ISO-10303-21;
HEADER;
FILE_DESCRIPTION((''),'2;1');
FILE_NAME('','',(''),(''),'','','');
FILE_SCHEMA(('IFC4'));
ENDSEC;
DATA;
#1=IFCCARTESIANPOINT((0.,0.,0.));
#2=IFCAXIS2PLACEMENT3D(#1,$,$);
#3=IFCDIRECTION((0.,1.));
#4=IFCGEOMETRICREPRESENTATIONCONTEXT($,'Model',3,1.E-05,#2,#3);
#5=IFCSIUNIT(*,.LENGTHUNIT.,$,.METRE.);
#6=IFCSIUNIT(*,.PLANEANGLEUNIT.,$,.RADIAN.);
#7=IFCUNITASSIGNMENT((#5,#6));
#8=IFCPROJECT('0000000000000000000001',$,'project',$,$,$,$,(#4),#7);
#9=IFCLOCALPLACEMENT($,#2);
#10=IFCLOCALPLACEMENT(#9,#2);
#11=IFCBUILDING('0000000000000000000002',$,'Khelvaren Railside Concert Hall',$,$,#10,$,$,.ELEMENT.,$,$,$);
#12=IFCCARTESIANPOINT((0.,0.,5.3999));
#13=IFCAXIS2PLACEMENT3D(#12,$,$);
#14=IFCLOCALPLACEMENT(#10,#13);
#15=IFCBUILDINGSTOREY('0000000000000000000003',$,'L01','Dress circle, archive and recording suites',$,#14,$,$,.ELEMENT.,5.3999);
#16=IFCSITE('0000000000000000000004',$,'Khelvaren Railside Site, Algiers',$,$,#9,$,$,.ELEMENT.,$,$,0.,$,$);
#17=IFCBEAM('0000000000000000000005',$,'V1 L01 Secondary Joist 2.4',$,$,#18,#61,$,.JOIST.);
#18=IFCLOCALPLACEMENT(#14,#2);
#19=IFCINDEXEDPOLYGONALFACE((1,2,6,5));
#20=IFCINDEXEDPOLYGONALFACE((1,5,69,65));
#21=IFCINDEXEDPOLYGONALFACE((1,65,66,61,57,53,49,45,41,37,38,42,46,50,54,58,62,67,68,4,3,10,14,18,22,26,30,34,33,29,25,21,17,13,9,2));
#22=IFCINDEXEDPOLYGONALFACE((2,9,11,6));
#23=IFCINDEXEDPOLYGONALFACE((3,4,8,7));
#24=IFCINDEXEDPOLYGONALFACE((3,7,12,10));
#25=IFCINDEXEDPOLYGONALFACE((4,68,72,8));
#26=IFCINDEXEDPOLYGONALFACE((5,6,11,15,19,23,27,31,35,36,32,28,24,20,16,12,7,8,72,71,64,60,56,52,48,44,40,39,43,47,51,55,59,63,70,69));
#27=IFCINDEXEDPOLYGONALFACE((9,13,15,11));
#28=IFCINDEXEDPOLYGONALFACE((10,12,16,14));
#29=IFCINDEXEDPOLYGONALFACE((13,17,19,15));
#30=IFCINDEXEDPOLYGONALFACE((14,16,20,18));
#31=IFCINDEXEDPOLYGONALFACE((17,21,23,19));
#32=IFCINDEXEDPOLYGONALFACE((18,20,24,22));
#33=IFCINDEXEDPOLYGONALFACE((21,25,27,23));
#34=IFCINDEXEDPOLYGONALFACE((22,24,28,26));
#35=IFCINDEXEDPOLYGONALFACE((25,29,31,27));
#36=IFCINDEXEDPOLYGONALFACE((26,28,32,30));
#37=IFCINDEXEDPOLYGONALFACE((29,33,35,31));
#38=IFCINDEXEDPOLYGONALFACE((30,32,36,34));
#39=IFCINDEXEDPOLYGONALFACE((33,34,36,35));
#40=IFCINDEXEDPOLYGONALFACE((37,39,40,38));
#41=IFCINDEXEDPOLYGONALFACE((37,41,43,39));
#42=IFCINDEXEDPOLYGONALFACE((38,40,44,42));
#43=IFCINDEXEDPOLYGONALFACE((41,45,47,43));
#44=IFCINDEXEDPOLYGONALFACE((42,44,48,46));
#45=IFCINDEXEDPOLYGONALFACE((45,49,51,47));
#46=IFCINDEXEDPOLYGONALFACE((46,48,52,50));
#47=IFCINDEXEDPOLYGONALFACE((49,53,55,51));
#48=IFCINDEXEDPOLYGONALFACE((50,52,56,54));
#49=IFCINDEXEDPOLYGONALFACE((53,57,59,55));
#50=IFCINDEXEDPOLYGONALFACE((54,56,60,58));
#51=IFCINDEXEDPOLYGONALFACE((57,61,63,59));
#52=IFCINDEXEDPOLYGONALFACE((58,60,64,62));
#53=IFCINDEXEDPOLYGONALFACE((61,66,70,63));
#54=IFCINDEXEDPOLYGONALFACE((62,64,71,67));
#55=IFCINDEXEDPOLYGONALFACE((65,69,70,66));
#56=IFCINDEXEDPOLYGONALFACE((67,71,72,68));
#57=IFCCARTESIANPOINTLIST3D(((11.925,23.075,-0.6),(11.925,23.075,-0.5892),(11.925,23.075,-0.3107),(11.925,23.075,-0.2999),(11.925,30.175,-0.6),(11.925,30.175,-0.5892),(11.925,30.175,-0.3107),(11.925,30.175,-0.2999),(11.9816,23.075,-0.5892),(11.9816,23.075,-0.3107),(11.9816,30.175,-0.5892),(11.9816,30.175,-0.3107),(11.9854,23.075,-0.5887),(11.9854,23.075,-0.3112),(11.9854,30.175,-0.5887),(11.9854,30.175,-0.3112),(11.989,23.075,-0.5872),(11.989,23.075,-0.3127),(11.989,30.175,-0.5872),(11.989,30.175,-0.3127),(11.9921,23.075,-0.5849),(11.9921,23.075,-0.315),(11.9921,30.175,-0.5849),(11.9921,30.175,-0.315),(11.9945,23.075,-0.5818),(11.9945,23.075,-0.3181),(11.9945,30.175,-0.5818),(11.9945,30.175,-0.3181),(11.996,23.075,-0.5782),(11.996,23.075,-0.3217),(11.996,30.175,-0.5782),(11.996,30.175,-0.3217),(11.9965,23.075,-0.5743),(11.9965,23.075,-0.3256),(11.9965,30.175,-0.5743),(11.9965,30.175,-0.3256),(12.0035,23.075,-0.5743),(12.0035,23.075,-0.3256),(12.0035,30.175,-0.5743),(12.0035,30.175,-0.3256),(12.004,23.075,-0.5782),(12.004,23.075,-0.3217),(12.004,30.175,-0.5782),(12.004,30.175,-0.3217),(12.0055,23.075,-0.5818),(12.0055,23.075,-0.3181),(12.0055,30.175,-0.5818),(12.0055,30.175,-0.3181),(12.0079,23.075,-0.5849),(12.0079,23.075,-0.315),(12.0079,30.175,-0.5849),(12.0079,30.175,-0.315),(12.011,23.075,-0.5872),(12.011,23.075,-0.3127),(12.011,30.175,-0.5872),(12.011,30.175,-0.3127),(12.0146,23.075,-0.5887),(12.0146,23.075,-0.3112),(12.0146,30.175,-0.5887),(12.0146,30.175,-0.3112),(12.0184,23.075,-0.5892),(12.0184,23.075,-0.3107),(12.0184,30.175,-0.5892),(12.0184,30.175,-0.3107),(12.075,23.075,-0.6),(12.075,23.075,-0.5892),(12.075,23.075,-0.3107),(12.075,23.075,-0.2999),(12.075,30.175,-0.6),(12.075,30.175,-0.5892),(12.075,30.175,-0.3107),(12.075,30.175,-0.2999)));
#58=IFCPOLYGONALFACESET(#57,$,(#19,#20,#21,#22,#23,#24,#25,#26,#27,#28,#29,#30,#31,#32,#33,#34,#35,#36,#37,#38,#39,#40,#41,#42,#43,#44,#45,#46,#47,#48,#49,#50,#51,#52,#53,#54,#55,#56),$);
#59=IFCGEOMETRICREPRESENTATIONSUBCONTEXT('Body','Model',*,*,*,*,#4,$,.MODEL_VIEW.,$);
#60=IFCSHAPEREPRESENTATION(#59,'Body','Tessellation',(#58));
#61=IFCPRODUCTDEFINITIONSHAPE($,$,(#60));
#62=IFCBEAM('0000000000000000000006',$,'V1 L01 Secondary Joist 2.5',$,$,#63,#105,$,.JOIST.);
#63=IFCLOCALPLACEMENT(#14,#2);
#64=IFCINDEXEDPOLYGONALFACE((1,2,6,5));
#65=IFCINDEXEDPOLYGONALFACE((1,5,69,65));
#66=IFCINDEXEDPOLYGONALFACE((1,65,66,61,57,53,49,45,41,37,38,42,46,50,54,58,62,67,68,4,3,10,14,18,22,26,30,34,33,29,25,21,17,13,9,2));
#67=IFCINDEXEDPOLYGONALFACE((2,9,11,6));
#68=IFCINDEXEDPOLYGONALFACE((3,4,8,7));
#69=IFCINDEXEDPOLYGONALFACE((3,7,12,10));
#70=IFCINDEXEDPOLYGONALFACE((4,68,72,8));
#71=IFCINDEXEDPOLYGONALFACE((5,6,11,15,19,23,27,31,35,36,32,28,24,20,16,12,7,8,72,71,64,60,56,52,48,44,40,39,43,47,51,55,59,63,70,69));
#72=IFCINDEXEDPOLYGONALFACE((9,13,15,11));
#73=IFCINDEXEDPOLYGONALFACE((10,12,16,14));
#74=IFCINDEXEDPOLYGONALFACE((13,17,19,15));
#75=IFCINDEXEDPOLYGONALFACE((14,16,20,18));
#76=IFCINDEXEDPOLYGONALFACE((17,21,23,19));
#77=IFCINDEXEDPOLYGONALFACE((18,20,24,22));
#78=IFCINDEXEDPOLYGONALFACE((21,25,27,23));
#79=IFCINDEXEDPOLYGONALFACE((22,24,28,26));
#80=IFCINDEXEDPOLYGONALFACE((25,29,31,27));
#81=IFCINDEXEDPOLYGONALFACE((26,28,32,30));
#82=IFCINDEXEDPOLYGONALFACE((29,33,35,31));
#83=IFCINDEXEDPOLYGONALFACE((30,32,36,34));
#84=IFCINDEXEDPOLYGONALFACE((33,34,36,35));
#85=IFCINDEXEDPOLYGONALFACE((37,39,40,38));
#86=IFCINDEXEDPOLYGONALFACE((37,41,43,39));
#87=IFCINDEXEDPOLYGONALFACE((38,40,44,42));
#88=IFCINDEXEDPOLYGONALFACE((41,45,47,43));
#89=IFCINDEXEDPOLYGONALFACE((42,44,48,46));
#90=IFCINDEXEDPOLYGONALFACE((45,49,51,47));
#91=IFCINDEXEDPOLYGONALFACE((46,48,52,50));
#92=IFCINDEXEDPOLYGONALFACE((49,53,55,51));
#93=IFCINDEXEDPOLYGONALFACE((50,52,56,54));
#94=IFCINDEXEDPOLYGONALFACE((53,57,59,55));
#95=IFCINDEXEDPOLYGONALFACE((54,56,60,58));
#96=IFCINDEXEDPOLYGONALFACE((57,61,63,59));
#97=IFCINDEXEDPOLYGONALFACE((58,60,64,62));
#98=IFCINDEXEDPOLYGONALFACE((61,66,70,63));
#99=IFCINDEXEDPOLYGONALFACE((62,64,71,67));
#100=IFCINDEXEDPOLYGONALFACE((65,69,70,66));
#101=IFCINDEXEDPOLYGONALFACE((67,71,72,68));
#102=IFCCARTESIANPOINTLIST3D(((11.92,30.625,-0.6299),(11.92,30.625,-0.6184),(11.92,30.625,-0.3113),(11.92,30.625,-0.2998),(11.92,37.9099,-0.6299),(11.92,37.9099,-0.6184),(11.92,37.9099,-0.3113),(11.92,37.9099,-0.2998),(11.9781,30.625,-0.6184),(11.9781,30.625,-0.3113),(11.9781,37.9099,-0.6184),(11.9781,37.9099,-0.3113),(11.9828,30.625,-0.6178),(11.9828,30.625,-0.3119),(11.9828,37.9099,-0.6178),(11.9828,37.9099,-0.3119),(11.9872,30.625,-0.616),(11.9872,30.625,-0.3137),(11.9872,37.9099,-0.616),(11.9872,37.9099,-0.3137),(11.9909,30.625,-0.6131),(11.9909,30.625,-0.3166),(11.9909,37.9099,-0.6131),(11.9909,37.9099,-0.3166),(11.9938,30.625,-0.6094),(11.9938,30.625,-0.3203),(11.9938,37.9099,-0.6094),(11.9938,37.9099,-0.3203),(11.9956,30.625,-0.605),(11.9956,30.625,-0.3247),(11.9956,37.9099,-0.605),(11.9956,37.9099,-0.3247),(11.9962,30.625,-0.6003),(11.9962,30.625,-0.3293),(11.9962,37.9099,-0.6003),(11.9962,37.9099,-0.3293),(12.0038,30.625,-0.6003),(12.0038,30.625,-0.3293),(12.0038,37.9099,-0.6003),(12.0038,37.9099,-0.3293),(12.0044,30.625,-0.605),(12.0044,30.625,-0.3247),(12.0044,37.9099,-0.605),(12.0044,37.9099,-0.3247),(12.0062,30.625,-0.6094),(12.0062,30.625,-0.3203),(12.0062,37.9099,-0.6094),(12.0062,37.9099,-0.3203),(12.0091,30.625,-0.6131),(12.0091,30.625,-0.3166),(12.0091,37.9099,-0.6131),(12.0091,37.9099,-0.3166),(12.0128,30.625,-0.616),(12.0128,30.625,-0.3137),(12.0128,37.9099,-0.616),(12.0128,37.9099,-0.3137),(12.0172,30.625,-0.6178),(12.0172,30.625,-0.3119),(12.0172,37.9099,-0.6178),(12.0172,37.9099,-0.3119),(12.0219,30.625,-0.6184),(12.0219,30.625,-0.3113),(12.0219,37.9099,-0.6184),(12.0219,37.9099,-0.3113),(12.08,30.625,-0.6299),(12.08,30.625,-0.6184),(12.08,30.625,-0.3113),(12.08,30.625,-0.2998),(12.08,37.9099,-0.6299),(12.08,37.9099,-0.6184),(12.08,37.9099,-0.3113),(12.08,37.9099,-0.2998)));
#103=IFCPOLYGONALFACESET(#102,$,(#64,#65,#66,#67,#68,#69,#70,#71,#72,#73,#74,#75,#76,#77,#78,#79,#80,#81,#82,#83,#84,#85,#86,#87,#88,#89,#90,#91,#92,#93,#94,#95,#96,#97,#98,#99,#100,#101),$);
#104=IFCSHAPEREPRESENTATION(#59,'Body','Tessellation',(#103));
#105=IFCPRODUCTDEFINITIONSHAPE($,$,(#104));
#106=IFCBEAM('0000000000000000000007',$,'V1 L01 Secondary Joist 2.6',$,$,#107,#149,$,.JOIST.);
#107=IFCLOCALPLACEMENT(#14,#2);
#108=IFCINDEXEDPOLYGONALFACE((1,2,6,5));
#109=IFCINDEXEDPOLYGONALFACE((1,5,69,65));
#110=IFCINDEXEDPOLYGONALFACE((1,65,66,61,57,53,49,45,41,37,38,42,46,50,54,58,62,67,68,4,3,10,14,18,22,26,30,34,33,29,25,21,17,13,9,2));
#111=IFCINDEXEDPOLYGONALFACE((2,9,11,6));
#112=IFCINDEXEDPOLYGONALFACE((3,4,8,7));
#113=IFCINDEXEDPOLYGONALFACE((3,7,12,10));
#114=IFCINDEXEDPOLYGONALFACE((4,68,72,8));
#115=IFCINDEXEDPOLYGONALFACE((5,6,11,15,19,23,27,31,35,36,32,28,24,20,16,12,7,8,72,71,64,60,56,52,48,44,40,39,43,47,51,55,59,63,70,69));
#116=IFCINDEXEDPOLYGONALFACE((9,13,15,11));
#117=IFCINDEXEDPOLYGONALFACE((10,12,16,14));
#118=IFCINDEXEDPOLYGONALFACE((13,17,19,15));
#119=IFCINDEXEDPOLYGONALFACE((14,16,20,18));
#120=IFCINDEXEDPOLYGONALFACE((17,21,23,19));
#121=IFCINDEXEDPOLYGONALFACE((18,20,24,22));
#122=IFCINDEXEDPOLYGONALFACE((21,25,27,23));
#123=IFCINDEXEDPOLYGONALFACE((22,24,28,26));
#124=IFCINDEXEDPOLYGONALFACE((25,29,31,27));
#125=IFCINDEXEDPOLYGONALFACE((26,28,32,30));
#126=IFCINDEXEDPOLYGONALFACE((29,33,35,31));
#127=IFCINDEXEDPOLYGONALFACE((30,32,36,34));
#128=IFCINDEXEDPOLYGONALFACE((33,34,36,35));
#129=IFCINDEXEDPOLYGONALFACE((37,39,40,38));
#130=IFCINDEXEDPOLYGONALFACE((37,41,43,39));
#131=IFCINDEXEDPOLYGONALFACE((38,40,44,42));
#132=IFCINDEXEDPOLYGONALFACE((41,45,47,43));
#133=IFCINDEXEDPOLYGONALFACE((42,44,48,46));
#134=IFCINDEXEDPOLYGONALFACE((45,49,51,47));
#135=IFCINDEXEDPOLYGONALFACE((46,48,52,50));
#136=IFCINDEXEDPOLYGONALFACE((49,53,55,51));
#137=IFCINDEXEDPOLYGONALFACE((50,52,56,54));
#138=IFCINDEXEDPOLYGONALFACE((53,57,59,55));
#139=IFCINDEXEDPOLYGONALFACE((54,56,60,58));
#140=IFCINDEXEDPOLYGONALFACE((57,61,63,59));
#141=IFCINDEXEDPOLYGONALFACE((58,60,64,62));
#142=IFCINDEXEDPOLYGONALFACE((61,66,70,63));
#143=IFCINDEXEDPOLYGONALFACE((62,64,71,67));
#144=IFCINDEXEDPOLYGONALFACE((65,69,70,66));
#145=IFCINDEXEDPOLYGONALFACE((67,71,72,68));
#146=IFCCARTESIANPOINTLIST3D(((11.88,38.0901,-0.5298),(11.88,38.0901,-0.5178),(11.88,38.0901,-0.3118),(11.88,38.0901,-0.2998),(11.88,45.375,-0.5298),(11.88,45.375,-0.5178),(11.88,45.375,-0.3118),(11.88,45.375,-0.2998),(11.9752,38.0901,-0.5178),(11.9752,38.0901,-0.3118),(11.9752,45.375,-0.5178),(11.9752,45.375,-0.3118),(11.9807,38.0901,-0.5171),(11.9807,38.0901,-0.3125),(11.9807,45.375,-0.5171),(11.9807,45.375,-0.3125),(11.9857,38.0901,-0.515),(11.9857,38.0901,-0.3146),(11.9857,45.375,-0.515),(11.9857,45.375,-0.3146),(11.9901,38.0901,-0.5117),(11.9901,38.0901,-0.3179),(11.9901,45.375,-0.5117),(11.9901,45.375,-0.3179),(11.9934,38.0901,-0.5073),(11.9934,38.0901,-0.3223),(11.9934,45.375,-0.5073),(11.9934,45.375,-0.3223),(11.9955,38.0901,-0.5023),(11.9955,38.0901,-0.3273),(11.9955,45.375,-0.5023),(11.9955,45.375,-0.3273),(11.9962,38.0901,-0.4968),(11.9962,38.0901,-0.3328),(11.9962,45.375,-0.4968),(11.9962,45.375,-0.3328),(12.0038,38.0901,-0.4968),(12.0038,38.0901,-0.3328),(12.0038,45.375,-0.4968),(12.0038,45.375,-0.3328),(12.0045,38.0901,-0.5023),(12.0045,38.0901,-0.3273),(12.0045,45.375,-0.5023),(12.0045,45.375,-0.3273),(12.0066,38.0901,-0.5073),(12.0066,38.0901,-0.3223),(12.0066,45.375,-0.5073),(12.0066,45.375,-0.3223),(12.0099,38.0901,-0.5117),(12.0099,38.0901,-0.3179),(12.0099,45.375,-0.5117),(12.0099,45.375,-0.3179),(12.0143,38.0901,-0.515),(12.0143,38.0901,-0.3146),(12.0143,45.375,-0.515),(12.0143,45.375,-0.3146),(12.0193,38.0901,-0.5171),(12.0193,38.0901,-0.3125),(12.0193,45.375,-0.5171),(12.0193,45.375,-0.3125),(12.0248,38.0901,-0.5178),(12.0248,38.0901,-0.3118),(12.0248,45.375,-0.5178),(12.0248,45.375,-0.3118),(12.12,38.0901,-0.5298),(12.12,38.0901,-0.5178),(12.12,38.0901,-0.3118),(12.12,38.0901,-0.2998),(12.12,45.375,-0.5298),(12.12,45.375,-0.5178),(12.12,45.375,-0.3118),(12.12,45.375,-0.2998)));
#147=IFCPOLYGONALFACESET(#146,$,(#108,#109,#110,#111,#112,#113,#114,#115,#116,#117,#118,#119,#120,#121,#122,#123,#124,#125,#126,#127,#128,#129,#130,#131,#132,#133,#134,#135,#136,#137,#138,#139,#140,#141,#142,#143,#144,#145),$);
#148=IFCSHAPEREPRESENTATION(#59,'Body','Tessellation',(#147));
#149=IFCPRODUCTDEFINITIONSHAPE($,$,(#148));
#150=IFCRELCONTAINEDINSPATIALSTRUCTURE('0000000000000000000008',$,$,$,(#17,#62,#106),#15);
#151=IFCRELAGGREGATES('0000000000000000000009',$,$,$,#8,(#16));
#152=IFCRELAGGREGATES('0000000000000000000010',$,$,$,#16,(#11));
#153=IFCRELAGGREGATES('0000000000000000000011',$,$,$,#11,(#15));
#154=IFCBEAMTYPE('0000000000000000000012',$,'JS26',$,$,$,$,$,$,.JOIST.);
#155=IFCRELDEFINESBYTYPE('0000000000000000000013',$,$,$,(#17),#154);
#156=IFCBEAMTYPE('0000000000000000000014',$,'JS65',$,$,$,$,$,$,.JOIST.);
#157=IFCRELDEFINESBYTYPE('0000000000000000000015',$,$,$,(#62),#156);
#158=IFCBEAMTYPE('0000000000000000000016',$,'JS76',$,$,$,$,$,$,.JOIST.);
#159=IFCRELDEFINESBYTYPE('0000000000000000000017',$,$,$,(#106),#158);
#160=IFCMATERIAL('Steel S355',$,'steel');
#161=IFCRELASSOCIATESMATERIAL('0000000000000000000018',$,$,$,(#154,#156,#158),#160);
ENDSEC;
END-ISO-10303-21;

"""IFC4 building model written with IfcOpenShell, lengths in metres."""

from ifc_helpers import new_model, si_unit, direction, frame, origin, origin_2d, place, context, subcontext, project, spatial, i_section, extrude, material, material_profile, profile_set, type_object, element, save


model = new_model("IFC4")

# Units and contexts
model_context = context("Model", 3, precision=1e-05, world=origin(), true_north=direction((0.0, 1.0)))
body_context = subcontext(model_context, "Body", "Model", "MODEL_VIEW")
ifc_project = project(units=[si_unit("LENGTHUNIT", "METRE"), si_unit("PLANEANGLEUNIT", "RADIAN")], contexts=[model_context])

# Site, building, storey
site_placement = place(None, origin())
site = spatial("IfcSite", under=ifc_project, at=site_placement, Name="Khelvaren Railside Site, Algiers", CompositionType="ELEMENT", RefElevation=0.0)
building_placement = place(site_placement, origin())
building = spatial("IfcBuilding", under=site, at=building_placement, Name="Khelvaren Railside Concert Hall", CompositionType="ELEMENT")
storey_placement = place(building_placement, frame((0.0, 0.0, 5.3999)))
storey = spatial("IfcBuildingStorey", under=building, at=storey_placement, Name="L01", Description="Dress circle, archive and recording suites", CompositionType="ELEMENT", Elevation=5.3999)

# Shared definitions
ifc_material_1 = material(Name="Steel S355", Category="steel")

# Beams
ifc_material_profile_1 = material_profile(ifc_material_1, i_section(OverallWidth=0.1499, OverallDepth=0.3, WebThickness=0.0071, FlangeThickness=0.0107, FilletRadius=0.0149, at=origin_2d()), Name="IPE 300")
ifc_profile_set_1 = profile_set([ifc_material_profile_1], Name="Steel S355")
beam_type_1 = type_object("IfcBeamType", Name="JS26", PredefinedType="JOIST", material=ifc_profile_set_1)
beam_1_placement = place(storey_placement, frame((12.0, 23.075, -0.45), z_axis=(0.0, 1.0, 0.0), x_axis=(-1.0, 0.0, 0.0)))
element("IfcBeam", 1, at=beam_1_placement, inside=storey, type_object=beam_type_1, Name="V1 L01 Secondary Joist 2.4", PredefinedType="JOIST", context=body_context, shape_type="SweptSolid", body=[
    extrude(i_section(OverallWidth=0.1499, OverallDepth=0.3, WebThickness=0.0071, FlangeThickness=0.0107, FilletRadius=0.0149, at=origin_2d()), origin(), (0.0, 0.0, 1.0), 7.1001),
])
ifc_material_profile_2 = material_profile(ifc_material_1, i_section(OverallWidth=0.1599, OverallDepth=0.3301, WebThickness=0.0076, FlangeThickness=0.0115, FilletRadius=0.0181, at=origin_2d()), Name="IPE 330")
ifc_profile_set_2 = profile_set([ifc_material_profile_2], Name="Steel S355")
beam_type_2 = type_object("IfcBeamType", Name="JS65", PredefinedType="JOIST", material=ifc_profile_set_2)
beam_2_placement = place(storey_placement, frame((12.0, 30.625, -0.4648), z_axis=(0.0, 1.0, 0.0), x_axis=(-1.0, 0.0, 0.0)))
element("IfcBeam", 2, at=beam_2_placement, inside=storey, type_object=beam_type_2, Name="V1 L01 Secondary Joist 2.5", PredefinedType="JOIST", context=body_context, shape_type="SweptSolid", body=[
    extrude(i_section(OverallWidth=0.1599, OverallDepth=0.3301, WebThickness=0.0076, FlangeThickness=0.0115, FilletRadius=0.0181, at=origin_2d()), origin(), (0.0, 0.0, 1.0), 7.2849),
])
ifc_material_profile_3 = material_profile(ifc_material_1, i_section(OverallWidth=0.24, OverallDepth=0.23, WebThickness=0.0076, FlangeThickness=0.012, FilletRadius=0.021, at=origin_2d()), Name="HEA 240")
ifc_profile_set_3 = profile_set([ifc_material_profile_3], Name="Steel S355")
beam_type_3 = type_object("IfcBeamType", Name="JS76", PredefinedType="JOIST", material=ifc_profile_set_3)
beam_3_placement = place(storey_placement, frame((12.0, 38.0901, -0.4148), z_axis=(0.0, 1.0, 0.0), x_axis=(-1.0, 0.0, 0.0)))
element("IfcBeam", 3, at=beam_3_placement, inside=storey, type_object=beam_type_3, Name="V1 L01 Secondary Joist 2.6", PredefinedType="JOIST", context=body_context, shape_type="SweptSolid", body=[
    extrude(i_section(OverallWidth=0.24, OverallDepth=0.23, WebThickness=0.0076, FlangeThickness=0.012, FilletRadius=0.021, at=origin_2d()), origin(), (0.0, 0.0, 1.0), 7.2849),
])

save(model, "model.ifc")
